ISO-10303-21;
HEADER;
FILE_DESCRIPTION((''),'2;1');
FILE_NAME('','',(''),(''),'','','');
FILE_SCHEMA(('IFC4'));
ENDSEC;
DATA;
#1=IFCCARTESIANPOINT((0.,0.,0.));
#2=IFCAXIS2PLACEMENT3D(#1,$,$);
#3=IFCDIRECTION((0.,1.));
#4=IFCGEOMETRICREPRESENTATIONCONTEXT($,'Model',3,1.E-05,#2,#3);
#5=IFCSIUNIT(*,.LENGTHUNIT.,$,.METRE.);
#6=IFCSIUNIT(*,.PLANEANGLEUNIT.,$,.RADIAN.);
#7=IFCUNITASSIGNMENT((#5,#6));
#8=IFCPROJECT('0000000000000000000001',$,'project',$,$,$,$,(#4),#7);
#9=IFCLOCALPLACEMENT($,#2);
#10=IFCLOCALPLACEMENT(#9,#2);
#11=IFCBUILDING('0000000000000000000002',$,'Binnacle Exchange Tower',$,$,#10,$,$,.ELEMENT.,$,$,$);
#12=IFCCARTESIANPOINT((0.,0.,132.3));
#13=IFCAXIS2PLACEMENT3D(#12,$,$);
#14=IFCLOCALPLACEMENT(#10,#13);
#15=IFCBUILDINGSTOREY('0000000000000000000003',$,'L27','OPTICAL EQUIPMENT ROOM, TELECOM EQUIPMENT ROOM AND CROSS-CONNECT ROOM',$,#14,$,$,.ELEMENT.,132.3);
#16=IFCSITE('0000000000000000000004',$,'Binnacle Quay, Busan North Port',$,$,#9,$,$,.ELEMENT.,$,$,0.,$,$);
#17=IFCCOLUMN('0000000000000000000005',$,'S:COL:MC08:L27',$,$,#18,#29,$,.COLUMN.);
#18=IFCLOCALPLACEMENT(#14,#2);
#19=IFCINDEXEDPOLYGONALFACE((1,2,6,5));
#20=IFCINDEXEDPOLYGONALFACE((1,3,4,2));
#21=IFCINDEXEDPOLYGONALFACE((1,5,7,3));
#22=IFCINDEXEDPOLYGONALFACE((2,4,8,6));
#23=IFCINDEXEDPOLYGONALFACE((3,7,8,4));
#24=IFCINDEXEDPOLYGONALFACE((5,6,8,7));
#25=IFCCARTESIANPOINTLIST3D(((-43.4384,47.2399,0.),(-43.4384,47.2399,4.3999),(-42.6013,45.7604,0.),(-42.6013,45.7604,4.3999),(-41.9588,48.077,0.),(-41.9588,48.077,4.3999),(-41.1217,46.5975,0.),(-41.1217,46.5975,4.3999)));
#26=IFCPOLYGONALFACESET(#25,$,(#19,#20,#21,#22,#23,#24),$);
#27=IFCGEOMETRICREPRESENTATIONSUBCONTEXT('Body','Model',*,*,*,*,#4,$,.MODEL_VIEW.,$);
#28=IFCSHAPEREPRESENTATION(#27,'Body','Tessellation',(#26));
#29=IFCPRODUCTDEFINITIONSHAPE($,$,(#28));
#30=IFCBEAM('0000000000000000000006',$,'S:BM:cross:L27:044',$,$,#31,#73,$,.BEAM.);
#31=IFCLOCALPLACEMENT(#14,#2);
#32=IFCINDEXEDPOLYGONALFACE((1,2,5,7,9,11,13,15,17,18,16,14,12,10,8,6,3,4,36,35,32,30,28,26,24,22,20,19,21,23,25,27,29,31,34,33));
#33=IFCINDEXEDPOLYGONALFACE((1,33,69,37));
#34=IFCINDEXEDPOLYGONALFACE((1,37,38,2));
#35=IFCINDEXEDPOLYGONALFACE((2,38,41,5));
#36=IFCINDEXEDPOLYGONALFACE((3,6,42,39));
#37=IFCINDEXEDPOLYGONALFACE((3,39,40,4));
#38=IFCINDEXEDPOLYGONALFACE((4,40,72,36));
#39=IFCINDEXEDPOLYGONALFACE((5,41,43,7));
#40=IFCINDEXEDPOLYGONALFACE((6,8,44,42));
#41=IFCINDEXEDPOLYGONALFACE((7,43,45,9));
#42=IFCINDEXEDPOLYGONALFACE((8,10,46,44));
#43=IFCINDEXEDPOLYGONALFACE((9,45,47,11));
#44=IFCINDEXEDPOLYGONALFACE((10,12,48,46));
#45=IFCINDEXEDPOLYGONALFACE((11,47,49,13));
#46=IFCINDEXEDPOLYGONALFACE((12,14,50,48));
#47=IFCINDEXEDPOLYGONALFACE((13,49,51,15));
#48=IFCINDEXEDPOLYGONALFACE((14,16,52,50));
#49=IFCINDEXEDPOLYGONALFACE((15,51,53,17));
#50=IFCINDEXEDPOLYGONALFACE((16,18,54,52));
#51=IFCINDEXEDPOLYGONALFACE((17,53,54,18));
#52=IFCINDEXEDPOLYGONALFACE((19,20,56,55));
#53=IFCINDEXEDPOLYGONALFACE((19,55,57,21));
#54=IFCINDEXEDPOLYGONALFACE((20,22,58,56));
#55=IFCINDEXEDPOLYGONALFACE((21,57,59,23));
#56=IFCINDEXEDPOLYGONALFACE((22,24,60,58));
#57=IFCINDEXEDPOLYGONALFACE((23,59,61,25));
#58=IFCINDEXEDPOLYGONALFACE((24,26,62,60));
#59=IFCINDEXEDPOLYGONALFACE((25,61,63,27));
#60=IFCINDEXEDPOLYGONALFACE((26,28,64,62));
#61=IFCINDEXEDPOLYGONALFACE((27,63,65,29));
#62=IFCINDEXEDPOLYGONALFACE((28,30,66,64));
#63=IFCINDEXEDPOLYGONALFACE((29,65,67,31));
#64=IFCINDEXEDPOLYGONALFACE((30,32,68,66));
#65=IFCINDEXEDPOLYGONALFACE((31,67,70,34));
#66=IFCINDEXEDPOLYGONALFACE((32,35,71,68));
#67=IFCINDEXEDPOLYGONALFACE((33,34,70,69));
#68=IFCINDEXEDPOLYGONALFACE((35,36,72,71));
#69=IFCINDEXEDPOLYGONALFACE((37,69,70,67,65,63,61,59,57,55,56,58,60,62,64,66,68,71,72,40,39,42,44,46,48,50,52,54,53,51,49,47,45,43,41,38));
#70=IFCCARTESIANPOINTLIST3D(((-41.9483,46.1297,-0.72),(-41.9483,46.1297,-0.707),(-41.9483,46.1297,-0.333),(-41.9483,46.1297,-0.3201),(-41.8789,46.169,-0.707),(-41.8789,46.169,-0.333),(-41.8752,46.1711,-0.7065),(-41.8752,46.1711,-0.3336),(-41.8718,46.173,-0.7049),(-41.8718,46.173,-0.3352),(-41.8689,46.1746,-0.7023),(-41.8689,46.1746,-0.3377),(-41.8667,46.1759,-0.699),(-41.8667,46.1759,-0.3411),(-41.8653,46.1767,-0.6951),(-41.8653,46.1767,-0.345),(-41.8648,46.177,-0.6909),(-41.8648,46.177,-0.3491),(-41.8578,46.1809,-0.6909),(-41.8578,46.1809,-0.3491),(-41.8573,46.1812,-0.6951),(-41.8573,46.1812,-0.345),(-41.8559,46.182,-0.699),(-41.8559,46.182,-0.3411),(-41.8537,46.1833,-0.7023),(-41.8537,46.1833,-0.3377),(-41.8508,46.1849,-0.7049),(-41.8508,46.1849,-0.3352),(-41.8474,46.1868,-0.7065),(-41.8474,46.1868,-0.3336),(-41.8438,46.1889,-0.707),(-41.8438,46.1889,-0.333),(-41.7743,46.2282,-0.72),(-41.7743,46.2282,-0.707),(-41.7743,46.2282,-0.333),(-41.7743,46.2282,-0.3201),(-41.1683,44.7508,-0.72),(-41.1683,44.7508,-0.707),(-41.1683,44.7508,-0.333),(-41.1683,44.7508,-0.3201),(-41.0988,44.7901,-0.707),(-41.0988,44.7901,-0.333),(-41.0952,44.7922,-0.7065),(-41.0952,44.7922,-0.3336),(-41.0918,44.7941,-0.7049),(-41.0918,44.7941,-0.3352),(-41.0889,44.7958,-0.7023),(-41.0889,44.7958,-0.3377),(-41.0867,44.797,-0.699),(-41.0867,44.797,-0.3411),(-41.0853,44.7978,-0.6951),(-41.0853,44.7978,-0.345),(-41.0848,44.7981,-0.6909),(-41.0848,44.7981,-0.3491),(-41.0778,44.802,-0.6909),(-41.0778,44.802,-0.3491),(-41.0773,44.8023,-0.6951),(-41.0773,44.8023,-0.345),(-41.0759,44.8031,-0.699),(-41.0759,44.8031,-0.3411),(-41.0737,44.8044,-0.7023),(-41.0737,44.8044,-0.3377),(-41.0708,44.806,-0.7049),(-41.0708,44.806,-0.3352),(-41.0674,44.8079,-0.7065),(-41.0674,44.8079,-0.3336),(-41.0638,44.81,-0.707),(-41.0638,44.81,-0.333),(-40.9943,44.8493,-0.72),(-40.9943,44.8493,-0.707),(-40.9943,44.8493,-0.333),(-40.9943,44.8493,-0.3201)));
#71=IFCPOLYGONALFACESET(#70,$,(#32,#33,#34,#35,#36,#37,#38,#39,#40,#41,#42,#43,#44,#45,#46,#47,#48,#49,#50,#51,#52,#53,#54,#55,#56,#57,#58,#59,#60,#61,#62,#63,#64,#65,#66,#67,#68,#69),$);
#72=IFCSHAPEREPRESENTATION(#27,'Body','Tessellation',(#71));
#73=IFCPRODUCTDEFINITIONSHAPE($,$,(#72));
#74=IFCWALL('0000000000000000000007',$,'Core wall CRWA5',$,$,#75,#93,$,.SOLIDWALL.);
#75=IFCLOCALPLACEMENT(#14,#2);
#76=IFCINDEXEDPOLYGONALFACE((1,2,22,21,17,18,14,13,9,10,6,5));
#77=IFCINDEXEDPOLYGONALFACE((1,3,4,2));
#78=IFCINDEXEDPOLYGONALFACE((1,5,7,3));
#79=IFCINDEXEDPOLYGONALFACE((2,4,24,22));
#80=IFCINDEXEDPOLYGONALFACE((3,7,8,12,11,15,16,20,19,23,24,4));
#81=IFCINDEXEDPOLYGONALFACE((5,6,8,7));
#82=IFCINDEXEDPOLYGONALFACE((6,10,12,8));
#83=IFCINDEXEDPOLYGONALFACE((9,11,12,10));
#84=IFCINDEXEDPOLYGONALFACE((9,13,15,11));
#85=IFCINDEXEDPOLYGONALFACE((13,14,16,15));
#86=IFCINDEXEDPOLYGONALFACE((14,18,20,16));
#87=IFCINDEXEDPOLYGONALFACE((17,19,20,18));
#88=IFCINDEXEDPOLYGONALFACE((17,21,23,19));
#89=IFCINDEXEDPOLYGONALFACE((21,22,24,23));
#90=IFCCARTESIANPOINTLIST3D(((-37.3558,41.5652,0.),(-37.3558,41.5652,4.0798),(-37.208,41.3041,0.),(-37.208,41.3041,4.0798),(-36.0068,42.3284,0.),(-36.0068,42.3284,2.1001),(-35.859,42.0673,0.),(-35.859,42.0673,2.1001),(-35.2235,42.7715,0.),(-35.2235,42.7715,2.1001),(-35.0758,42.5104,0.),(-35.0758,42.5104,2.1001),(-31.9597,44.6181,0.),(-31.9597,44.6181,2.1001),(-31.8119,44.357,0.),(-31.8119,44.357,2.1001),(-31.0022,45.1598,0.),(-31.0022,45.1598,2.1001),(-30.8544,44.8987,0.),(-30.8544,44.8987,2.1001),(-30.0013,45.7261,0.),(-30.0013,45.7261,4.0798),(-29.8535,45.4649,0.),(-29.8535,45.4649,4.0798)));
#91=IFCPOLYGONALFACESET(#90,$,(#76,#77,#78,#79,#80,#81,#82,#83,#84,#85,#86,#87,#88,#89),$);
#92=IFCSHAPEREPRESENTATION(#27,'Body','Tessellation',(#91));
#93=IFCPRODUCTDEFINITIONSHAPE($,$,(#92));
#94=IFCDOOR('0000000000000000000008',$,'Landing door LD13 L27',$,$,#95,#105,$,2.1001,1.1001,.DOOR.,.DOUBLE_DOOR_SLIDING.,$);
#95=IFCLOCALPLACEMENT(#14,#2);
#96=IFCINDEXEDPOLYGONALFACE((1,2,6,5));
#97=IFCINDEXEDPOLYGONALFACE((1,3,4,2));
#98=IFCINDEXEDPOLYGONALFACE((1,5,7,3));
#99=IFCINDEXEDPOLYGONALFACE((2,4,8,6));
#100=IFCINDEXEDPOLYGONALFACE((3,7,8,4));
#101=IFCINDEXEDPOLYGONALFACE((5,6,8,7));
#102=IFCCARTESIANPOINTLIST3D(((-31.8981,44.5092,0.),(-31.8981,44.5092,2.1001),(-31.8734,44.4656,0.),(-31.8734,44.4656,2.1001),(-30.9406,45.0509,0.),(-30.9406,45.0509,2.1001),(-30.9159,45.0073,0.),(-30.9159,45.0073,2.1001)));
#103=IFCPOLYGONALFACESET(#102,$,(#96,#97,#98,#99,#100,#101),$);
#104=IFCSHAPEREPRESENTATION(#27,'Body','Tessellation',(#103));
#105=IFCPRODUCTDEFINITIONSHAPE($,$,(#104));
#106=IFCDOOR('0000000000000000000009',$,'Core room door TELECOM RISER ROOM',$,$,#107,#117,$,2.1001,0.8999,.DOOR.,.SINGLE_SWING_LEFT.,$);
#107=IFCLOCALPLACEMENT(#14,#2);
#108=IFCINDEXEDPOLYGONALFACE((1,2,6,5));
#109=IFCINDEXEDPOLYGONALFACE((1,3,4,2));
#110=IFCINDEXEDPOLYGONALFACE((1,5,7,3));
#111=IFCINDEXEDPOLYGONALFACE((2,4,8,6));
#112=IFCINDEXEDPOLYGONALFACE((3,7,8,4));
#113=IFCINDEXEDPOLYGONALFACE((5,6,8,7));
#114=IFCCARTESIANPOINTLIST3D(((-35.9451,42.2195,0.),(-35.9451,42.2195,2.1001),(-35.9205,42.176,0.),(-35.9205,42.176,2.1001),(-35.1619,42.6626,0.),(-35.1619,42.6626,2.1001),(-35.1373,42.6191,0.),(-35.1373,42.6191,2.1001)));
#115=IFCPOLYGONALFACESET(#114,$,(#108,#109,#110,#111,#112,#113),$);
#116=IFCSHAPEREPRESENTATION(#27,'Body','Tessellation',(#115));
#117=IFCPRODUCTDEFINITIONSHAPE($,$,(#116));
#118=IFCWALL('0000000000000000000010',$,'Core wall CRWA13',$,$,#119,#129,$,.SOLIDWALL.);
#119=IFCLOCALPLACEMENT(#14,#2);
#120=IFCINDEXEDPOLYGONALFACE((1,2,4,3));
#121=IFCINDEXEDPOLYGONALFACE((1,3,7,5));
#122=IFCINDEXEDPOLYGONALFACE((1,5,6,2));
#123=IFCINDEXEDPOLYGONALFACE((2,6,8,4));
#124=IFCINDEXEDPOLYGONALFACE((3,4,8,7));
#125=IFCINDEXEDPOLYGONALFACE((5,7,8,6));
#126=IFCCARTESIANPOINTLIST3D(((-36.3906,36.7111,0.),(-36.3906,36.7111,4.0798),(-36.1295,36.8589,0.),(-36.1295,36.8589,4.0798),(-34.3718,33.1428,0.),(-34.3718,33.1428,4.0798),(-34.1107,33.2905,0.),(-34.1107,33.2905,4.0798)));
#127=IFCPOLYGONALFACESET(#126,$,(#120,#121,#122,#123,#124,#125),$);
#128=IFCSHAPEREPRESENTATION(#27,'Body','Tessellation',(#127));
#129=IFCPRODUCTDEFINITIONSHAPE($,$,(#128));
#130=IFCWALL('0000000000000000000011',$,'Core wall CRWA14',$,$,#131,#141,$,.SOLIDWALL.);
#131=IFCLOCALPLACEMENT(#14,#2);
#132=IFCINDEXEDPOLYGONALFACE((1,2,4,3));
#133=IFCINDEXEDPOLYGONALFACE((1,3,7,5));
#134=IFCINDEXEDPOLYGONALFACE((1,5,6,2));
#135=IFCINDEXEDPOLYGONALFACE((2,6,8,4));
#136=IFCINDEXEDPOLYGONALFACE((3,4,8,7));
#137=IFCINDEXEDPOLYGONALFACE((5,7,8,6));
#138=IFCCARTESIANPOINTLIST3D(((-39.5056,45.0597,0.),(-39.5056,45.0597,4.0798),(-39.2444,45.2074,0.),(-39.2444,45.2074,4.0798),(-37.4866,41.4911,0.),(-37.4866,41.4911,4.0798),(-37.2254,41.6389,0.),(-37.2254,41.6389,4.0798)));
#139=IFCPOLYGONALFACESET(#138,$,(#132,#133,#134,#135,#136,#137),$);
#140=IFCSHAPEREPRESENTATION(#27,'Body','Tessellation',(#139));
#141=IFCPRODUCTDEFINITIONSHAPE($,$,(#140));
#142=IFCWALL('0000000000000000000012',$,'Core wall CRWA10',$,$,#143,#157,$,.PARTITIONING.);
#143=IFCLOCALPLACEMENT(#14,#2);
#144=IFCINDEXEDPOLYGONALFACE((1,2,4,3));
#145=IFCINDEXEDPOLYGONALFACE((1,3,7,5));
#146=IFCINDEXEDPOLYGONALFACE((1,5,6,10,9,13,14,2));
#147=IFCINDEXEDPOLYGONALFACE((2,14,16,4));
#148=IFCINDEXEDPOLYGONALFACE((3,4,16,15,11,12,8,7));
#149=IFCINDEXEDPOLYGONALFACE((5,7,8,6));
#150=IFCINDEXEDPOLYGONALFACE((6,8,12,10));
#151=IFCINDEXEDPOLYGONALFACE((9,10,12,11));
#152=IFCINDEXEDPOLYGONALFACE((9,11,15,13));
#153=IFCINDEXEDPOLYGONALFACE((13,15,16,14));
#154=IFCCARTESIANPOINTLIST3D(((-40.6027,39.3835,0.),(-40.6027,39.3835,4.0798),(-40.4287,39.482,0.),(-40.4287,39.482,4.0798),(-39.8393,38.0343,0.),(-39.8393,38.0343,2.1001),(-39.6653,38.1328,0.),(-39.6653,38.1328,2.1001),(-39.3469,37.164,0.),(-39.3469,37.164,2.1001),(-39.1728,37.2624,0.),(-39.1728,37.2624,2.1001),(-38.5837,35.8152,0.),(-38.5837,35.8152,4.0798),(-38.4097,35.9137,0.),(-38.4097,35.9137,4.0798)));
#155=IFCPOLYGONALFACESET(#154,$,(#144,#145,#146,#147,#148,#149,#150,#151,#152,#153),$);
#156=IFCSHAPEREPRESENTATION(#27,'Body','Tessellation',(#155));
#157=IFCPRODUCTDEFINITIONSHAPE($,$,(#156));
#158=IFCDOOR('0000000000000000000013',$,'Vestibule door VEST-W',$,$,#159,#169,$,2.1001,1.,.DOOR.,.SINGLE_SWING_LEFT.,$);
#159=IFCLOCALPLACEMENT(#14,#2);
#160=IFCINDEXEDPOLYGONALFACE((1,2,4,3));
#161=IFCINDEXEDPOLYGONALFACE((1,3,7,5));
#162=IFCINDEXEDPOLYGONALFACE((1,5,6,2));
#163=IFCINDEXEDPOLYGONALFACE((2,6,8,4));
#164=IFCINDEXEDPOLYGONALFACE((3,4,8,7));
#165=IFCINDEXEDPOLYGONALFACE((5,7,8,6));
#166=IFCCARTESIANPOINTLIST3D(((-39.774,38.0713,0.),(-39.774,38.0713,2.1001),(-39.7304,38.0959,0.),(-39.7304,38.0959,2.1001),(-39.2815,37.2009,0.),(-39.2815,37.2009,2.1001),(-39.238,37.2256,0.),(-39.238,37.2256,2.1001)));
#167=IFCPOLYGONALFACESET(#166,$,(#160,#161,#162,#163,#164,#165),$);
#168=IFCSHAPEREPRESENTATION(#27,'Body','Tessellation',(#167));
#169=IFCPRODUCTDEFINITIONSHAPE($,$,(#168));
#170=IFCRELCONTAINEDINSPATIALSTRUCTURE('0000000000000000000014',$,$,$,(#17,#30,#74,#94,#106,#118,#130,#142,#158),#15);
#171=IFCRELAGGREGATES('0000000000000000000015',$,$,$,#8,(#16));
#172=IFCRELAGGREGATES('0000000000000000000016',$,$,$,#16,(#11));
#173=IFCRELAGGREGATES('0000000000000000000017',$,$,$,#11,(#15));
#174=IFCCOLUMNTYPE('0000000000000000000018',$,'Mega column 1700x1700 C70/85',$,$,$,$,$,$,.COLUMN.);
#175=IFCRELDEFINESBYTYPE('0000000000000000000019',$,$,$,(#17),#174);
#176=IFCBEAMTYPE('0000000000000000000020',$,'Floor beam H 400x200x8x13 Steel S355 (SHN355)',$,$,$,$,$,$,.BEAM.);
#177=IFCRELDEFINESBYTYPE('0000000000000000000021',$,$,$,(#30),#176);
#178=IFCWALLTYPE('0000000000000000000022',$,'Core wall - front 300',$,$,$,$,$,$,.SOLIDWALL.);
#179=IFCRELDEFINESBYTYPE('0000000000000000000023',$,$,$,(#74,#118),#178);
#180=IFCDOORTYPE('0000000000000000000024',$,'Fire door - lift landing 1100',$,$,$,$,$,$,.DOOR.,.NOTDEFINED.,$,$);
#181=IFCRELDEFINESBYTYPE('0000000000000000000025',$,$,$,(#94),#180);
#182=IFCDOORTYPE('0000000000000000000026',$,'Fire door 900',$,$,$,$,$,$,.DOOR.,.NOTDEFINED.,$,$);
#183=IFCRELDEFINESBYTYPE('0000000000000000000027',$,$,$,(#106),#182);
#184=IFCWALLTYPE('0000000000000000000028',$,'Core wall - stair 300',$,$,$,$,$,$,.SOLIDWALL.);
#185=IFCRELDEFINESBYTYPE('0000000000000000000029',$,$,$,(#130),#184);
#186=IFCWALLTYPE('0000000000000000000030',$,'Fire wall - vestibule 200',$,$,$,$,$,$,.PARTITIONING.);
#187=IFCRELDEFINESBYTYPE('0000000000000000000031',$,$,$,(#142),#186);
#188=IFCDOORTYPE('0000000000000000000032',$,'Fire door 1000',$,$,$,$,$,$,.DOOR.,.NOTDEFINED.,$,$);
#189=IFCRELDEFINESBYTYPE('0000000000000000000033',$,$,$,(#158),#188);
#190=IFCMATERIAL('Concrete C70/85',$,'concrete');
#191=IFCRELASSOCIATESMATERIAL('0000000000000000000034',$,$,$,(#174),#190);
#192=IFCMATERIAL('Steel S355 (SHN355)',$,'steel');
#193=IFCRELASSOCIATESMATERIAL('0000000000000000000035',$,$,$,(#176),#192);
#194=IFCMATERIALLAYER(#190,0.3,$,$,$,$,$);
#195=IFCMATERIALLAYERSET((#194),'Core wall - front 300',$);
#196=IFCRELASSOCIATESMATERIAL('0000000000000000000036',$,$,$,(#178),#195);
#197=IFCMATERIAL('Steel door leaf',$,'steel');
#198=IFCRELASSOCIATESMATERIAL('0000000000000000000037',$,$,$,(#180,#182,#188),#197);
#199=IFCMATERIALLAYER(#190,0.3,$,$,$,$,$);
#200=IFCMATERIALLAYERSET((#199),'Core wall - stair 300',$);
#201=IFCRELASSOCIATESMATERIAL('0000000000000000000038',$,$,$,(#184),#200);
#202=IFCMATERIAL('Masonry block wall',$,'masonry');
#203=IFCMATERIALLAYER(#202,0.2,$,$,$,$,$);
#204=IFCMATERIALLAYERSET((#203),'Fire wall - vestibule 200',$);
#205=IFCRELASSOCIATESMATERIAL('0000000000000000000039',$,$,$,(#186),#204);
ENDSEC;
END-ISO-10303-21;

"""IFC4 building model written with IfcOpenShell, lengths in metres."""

from ifc_helpers import new_model, si_unit, direction, frame, frame_2d, origin, origin_2d, place, context, subcontext, project, spatial, rectangle, i_section, extrude, material, layer, layer_set, material_profile, profile_set, type_object, element, fill, save


model = new_model("IFC4")

# Units and contexts
model_context = context("Model", 3, precision=1e-05, world=origin(), true_north=direction((0.0, 1.0)))
body_context = subcontext(model_context, "Body", "Model", "MODEL_VIEW")
ifc_project = project(units=[si_unit("LENGTHUNIT", "METRE"), si_unit("PLANEANGLEUNIT", "RADIAN")], contexts=[model_context])

# Site, building, storey
site_placement = place(None, origin())
site = spatial("IfcSite", under=ifc_project, at=site_placement, Name="Binnacle Quay, Busan North Port", CompositionType="ELEMENT", RefElevation=0.0)
building_placement = place(site_placement, origin())
building = spatial("IfcBuilding", under=site, at=building_placement, Name="Binnacle Exchange Tower", CompositionType="ELEMENT")
storey_placement = place(building_placement, frame((0.0, 0.0, 132.3)))
storey = spatial("IfcBuildingStorey", under=building, at=storey_placement, Name="L27", Description="OPTICAL EQUIPMENT ROOM, TELECOM EQUIPMENT ROOM AND CROSS-CONNECT ROOM", CompositionType="ELEMENT", Elevation=132.3)

# Column
ifc_material_1 = material(Name="Concrete C70/85", Category="concrete")
ifc_material_profile_1 = material_profile(ifc_material_1, rectangle(XDim=1.7, YDim=1.7, at=origin_2d()), Name="Mega column 1700x1700 C70/85")
ifc_profile_set_1 = profile_set([ifc_material_profile_1], Name="Concrete C70/85")
column_type = type_object("IfcColumnType", Name="Mega column 1700x1700 C70/85", PredefinedType="COLUMN", material=ifc_profile_set_1)
column_placement = place(storey_placement, frame((-42.28, 46.9187, 0.0), z_axis=(0.0, 0.0, 1.0), x_axis=(-0.870356, -0.492424, 0.0)))
element("IfcColumn", 1, at=column_placement, inside=storey, type_object=column_type, Name="S:COL:MC08:L27", PredefinedType="COLUMN", context=body_context, shape_type="SweptSolid", body=[
    extrude(rectangle(XDim=1.7, YDim=1.7, at=origin_2d()), origin(), (0.0, 0.0, 1.0), 4.3999),
])

# Beam
ifc_material_2 = material(Name="Steel S355 (SHN355)", Category="steel")
ifc_material_profile_2 = material_profile(ifc_material_2, i_section(OverallWidth=0.2, OverallDepth=0.3999, WebThickness=0.0081, FlangeThickness=0.0129, FilletRadius=0.0161, at=origin_2d()), Name="H 400x200x8x13")
ifc_profile_set_2 = profile_set([ifc_material_profile_2], Name="Steel S355 (SHN355)")
beam_type = type_object("IfcBeamType", Name="Floor beam H 400x200x8x13 Steel S355 (SHN355)", PredefinedType="BEAM", material=ifc_profile_set_2)
beam_placement = place(storey_placement, frame((-41.8613, 46.179, -0.52), z_axis=(0.492367, -0.870388, 0.0), x_axis=(0.870388, 0.492367, 0.0)))
element("IfcBeam", 2, at=beam_placement, inside=storey, type_object=beam_type, Name="S:BM:cross:L27:044", PredefinedType="BEAM", context=body_context, shape_type="SweptSolid", body=[
    extrude(i_section(OverallWidth=0.2, OverallDepth=0.3999, WebThickness=0.0081, FlangeThickness=0.0129, FilletRadius=0.0161, at=origin_2d()), origin(), (0.0, 0.0, 1.0), 1.5842),
])

# Wall, openings, doors
ifc_layer_1 = layer(ifc_material_1, 0.3)
ifc_layer_set_1 = layer_set([ifc_layer_1], Name="Core wall - front 300")
wall_type_1 = type_object("IfcWallType", Name="Core wall - front 300", PredefinedType="SOLIDWALL", material=ifc_layer_set_1)
wall_1_placement = place(storey_placement, frame((-37.282, 41.4346, 0.0), z_axis=(0.0, 0.0, 1.0), x_axis=(0.87036, 0.492416, 0.0)))
wall_1 = element("IfcWall", 3, at=wall_1_placement, inside=storey, type_object=wall_type_1, Name="Core wall CRWA5", PredefinedType="SOLIDWALL", context=body_context, shape_type="SweptSolid", body=[
    extrude(rectangle(XDim=8.45, YDim=0.3, at=frame_2d((4.2251, 0.0))), origin(), (0.0, 0.0, 1.0), 4.0798),
])
opening_1_placement = place(wall_1_placement, frame((6.2, 0.0, 0.0)))
opening_1 = element("IfcOpeningElement", 4, at=opening_1_placement, cuts=wall_1, PredefinedType="OPENING", context=body_context, shape_type="SweptSolid", body=[
    extrude(rectangle(XDim=1.1001, YDim=2.1001, at=frame_2d((0.55, 1.05))), frame((0.0, 0.1599, 0.0), z_axis=(0.0, -1.0, 0.0), x_axis=(1.0, 0.0, 0.0)), (0.0, 0.0, 1.0), 0.3201),
])
opening_2_placement = place(wall_1_placement, frame((1.55, 0.0, 0.0)))
opening_2 = element("IfcOpeningElement", 5, at=opening_2_placement, cuts=wall_1, PredefinedType="OPENING", context=body_context, shape_type="SweptSolid", body=[
    extrude(rectangle(XDim=0.8999, YDim=2.1001, at=frame_2d((0.45, 1.05))), frame((0.0, 0.1599, 0.0), z_axis=(0.0, -1.0, 0.0), x_axis=(1.0, 0.0, 0.0)), (0.0, 0.0, 1.0), 0.3201),
])
ifc_material_3 = material(Name="Steel door leaf", Category="steel")
door_type_1 = type_object("IfcDoorType", Name="Fire door - lift landing 1100", OperationType="NOTDEFINED", PredefinedType="DOOR", material=ifc_material_3)
door_1_placement = place(opening_1_placement, origin())
door_1 = element("IfcDoor", 6, at=door_1_placement, inside=storey, type_object=door_type_1, Name="Landing door LD13 L27", OperationType="DOUBLE_DOOR_SLIDING", OverallHeight=2.1001, OverallWidth=1.1001, PredefinedType="DOOR", context=body_context, shape_type="SweptSolid", body=[
    extrude(rectangle(XDim=1.1001, YDim=2.1001, at=frame_2d((0.55, 1.05))), frame((0.0, 0.0249, 0.0), z_axis=(0.0, -1.0, 0.0), x_axis=(1.0, 0.0, 0.0)), (0.0, 0.0, 1.0), 0.05),
])
fill(opening_1, door_1)
door_type_2 = type_object("IfcDoorType", Name="Fire door 900", OperationType="NOTDEFINED", PredefinedType="DOOR", material=ifc_material_3)
door_2_placement = place(opening_2_placement, origin())
door_2 = element("IfcDoor", 7, at=door_2_placement, inside=storey, type_object=door_type_2, Name="Core room door TELECOM RISER ROOM", OperationType="SINGLE_SWING_LEFT", OverallHeight=2.1001, OverallWidth=0.8999, PredefinedType="DOOR", context=body_context, shape_type="SweptSolid", body=[
    extrude(rectangle(XDim=0.8999, YDim=2.1001, at=frame_2d((0.45, 1.05))), frame((0.0, 0.0249, 0.0), z_axis=(0.0, -1.0, 0.0), x_axis=(1.0, 0.0, 0.0)), (0.0, 0.0, 1.0), 0.05),
])
fill(opening_2, door_2)

# Walls
wall_2_placement = place(storey_placement, frame((-36.26, 36.7849, 0.0), z_axis=(0.0, 0.0, 1.0), x_axis=(0.492408, -0.870364, 0.0)))
element("IfcWall", 8, at=wall_2_placement, inside=storey, type_object=wall_type_1, Name="Core wall CRWA13", PredefinedType="SOLIDWALL", context=body_context, shape_type="SweptSolid", body=[
    extrude(rectangle(XDim=4.0999, YDim=0.3, at=frame_2d((2.0498, 0.0))), origin(), (0.0, 0.0, 1.0), 4.0798),
])
ifc_layer_2 = layer(ifc_material_1, 0.3)
ifc_layer_set_2 = layer_set([ifc_layer_2], Name="Core wall - stair 300")
wall_type_2 = type_object("IfcWallType", Name="Core wall - stair 300", PredefinedType="SOLIDWALL", material=ifc_layer_set_2)
wall_3_placement = place(storey_placement, frame((-39.375, 45.1335, 0.0), z_axis=(0.0, 0.0, 1.0), x_axis=(0.492428, -0.870353, 0.0)))
element("IfcWall", 9, at=wall_3_placement, inside=storey, type_object=wall_type_2, Name="Core wall CRWA14", PredefinedType="SOLIDWALL", context=body_context, shape_type="SweptSolid", body=[
    extrude(rectangle(XDim=4.1001, YDim=0.3, at=frame_2d((2.05, 0.0))), origin(), (0.0, 0.0, 1.0), 4.0798),
])

# Wall, opening, door
ifc_material_4 = material(Name="Masonry block wall", Category="masonry")
ifc_layer_3 = layer(ifc_material_4, 0.2)
ifc_layer_set_3 = layer_set([ifc_layer_3], Name="Fire wall - vestibule 200")
wall_type_3 = type_object("IfcWallType", Name="Fire wall - vestibule 200", PredefinedType="PARTITIONING", material=ifc_layer_set_3)
wall_4_placement = place(storey_placement, frame((-40.5156, 39.4326, 0.0), z_axis=(0.0, 0.0, 1.0), x_axis=(0.492454, -0.870339, 0.0)))
wall_4 = element("IfcWall", 10, at=wall_4_placement, inside=storey, type_object=wall_type_3, Name="Core wall CRWA10", PredefinedType="PARTITIONING", context=body_context, shape_type="SweptSolid", body=[
    extrude(rectangle(XDim=4.0999, YDim=0.2, at=frame_2d((2.0498, 0.0))), origin(), (0.0, 0.0, 1.0), 4.0798),
])
opening_3_placement = place(wall_4_placement, frame((1.55, 0.0, 0.0)))
opening_3 = element("IfcOpeningElement", 11, at=opening_3_placement, cuts=wall_4, PredefinedType="OPENING", context=body_context, shape_type="SweptSolid", body=[
    extrude(rectangle(XDim=1.0, YDim=2.1001, at=frame_2d((0.5, 1.05))), frame((0.0, 0.1099, 0.0), z_axis=(0.0, -1.0, 0.0), x_axis=(1.0, 0.0, 0.0)), (0.0, 0.0, 1.0), 0.22),
])
door_type_3 = type_object("IfcDoorType", Name="Fire door 1000", OperationType="NOTDEFINED", PredefinedType="DOOR", material=ifc_material_3)
door_3_placement = place(opening_3_placement, frame((1.0, 0.0, 0.0), z_axis=(0.0, 0.0, 1.0), x_axis=(-1.0, 0.0, 0.0)))
door_3 = element("IfcDoor", 12, at=door_3_placement, inside=storey, type_object=door_type_3, Name="Vestibule door VEST-W", OperationType="SINGLE_SWING_LEFT", OverallHeight=2.1001, OverallWidth=1.0, PredefinedType="DOOR", context=body_context, shape_type="SweptSolid", body=[
    extrude(rectangle(XDim=1.0, YDim=2.1001, at=frame_2d((0.5, 1.05))), frame((0.0, 0.0249, 0.0), z_axis=(0.0, -1.0, 0.0), x_axis=(1.0, 0.0, 0.0)), (0.0, 0.0, 1.0), 0.05),
])
fill(opening_3, door_3)

save(model, "model.ifc")
